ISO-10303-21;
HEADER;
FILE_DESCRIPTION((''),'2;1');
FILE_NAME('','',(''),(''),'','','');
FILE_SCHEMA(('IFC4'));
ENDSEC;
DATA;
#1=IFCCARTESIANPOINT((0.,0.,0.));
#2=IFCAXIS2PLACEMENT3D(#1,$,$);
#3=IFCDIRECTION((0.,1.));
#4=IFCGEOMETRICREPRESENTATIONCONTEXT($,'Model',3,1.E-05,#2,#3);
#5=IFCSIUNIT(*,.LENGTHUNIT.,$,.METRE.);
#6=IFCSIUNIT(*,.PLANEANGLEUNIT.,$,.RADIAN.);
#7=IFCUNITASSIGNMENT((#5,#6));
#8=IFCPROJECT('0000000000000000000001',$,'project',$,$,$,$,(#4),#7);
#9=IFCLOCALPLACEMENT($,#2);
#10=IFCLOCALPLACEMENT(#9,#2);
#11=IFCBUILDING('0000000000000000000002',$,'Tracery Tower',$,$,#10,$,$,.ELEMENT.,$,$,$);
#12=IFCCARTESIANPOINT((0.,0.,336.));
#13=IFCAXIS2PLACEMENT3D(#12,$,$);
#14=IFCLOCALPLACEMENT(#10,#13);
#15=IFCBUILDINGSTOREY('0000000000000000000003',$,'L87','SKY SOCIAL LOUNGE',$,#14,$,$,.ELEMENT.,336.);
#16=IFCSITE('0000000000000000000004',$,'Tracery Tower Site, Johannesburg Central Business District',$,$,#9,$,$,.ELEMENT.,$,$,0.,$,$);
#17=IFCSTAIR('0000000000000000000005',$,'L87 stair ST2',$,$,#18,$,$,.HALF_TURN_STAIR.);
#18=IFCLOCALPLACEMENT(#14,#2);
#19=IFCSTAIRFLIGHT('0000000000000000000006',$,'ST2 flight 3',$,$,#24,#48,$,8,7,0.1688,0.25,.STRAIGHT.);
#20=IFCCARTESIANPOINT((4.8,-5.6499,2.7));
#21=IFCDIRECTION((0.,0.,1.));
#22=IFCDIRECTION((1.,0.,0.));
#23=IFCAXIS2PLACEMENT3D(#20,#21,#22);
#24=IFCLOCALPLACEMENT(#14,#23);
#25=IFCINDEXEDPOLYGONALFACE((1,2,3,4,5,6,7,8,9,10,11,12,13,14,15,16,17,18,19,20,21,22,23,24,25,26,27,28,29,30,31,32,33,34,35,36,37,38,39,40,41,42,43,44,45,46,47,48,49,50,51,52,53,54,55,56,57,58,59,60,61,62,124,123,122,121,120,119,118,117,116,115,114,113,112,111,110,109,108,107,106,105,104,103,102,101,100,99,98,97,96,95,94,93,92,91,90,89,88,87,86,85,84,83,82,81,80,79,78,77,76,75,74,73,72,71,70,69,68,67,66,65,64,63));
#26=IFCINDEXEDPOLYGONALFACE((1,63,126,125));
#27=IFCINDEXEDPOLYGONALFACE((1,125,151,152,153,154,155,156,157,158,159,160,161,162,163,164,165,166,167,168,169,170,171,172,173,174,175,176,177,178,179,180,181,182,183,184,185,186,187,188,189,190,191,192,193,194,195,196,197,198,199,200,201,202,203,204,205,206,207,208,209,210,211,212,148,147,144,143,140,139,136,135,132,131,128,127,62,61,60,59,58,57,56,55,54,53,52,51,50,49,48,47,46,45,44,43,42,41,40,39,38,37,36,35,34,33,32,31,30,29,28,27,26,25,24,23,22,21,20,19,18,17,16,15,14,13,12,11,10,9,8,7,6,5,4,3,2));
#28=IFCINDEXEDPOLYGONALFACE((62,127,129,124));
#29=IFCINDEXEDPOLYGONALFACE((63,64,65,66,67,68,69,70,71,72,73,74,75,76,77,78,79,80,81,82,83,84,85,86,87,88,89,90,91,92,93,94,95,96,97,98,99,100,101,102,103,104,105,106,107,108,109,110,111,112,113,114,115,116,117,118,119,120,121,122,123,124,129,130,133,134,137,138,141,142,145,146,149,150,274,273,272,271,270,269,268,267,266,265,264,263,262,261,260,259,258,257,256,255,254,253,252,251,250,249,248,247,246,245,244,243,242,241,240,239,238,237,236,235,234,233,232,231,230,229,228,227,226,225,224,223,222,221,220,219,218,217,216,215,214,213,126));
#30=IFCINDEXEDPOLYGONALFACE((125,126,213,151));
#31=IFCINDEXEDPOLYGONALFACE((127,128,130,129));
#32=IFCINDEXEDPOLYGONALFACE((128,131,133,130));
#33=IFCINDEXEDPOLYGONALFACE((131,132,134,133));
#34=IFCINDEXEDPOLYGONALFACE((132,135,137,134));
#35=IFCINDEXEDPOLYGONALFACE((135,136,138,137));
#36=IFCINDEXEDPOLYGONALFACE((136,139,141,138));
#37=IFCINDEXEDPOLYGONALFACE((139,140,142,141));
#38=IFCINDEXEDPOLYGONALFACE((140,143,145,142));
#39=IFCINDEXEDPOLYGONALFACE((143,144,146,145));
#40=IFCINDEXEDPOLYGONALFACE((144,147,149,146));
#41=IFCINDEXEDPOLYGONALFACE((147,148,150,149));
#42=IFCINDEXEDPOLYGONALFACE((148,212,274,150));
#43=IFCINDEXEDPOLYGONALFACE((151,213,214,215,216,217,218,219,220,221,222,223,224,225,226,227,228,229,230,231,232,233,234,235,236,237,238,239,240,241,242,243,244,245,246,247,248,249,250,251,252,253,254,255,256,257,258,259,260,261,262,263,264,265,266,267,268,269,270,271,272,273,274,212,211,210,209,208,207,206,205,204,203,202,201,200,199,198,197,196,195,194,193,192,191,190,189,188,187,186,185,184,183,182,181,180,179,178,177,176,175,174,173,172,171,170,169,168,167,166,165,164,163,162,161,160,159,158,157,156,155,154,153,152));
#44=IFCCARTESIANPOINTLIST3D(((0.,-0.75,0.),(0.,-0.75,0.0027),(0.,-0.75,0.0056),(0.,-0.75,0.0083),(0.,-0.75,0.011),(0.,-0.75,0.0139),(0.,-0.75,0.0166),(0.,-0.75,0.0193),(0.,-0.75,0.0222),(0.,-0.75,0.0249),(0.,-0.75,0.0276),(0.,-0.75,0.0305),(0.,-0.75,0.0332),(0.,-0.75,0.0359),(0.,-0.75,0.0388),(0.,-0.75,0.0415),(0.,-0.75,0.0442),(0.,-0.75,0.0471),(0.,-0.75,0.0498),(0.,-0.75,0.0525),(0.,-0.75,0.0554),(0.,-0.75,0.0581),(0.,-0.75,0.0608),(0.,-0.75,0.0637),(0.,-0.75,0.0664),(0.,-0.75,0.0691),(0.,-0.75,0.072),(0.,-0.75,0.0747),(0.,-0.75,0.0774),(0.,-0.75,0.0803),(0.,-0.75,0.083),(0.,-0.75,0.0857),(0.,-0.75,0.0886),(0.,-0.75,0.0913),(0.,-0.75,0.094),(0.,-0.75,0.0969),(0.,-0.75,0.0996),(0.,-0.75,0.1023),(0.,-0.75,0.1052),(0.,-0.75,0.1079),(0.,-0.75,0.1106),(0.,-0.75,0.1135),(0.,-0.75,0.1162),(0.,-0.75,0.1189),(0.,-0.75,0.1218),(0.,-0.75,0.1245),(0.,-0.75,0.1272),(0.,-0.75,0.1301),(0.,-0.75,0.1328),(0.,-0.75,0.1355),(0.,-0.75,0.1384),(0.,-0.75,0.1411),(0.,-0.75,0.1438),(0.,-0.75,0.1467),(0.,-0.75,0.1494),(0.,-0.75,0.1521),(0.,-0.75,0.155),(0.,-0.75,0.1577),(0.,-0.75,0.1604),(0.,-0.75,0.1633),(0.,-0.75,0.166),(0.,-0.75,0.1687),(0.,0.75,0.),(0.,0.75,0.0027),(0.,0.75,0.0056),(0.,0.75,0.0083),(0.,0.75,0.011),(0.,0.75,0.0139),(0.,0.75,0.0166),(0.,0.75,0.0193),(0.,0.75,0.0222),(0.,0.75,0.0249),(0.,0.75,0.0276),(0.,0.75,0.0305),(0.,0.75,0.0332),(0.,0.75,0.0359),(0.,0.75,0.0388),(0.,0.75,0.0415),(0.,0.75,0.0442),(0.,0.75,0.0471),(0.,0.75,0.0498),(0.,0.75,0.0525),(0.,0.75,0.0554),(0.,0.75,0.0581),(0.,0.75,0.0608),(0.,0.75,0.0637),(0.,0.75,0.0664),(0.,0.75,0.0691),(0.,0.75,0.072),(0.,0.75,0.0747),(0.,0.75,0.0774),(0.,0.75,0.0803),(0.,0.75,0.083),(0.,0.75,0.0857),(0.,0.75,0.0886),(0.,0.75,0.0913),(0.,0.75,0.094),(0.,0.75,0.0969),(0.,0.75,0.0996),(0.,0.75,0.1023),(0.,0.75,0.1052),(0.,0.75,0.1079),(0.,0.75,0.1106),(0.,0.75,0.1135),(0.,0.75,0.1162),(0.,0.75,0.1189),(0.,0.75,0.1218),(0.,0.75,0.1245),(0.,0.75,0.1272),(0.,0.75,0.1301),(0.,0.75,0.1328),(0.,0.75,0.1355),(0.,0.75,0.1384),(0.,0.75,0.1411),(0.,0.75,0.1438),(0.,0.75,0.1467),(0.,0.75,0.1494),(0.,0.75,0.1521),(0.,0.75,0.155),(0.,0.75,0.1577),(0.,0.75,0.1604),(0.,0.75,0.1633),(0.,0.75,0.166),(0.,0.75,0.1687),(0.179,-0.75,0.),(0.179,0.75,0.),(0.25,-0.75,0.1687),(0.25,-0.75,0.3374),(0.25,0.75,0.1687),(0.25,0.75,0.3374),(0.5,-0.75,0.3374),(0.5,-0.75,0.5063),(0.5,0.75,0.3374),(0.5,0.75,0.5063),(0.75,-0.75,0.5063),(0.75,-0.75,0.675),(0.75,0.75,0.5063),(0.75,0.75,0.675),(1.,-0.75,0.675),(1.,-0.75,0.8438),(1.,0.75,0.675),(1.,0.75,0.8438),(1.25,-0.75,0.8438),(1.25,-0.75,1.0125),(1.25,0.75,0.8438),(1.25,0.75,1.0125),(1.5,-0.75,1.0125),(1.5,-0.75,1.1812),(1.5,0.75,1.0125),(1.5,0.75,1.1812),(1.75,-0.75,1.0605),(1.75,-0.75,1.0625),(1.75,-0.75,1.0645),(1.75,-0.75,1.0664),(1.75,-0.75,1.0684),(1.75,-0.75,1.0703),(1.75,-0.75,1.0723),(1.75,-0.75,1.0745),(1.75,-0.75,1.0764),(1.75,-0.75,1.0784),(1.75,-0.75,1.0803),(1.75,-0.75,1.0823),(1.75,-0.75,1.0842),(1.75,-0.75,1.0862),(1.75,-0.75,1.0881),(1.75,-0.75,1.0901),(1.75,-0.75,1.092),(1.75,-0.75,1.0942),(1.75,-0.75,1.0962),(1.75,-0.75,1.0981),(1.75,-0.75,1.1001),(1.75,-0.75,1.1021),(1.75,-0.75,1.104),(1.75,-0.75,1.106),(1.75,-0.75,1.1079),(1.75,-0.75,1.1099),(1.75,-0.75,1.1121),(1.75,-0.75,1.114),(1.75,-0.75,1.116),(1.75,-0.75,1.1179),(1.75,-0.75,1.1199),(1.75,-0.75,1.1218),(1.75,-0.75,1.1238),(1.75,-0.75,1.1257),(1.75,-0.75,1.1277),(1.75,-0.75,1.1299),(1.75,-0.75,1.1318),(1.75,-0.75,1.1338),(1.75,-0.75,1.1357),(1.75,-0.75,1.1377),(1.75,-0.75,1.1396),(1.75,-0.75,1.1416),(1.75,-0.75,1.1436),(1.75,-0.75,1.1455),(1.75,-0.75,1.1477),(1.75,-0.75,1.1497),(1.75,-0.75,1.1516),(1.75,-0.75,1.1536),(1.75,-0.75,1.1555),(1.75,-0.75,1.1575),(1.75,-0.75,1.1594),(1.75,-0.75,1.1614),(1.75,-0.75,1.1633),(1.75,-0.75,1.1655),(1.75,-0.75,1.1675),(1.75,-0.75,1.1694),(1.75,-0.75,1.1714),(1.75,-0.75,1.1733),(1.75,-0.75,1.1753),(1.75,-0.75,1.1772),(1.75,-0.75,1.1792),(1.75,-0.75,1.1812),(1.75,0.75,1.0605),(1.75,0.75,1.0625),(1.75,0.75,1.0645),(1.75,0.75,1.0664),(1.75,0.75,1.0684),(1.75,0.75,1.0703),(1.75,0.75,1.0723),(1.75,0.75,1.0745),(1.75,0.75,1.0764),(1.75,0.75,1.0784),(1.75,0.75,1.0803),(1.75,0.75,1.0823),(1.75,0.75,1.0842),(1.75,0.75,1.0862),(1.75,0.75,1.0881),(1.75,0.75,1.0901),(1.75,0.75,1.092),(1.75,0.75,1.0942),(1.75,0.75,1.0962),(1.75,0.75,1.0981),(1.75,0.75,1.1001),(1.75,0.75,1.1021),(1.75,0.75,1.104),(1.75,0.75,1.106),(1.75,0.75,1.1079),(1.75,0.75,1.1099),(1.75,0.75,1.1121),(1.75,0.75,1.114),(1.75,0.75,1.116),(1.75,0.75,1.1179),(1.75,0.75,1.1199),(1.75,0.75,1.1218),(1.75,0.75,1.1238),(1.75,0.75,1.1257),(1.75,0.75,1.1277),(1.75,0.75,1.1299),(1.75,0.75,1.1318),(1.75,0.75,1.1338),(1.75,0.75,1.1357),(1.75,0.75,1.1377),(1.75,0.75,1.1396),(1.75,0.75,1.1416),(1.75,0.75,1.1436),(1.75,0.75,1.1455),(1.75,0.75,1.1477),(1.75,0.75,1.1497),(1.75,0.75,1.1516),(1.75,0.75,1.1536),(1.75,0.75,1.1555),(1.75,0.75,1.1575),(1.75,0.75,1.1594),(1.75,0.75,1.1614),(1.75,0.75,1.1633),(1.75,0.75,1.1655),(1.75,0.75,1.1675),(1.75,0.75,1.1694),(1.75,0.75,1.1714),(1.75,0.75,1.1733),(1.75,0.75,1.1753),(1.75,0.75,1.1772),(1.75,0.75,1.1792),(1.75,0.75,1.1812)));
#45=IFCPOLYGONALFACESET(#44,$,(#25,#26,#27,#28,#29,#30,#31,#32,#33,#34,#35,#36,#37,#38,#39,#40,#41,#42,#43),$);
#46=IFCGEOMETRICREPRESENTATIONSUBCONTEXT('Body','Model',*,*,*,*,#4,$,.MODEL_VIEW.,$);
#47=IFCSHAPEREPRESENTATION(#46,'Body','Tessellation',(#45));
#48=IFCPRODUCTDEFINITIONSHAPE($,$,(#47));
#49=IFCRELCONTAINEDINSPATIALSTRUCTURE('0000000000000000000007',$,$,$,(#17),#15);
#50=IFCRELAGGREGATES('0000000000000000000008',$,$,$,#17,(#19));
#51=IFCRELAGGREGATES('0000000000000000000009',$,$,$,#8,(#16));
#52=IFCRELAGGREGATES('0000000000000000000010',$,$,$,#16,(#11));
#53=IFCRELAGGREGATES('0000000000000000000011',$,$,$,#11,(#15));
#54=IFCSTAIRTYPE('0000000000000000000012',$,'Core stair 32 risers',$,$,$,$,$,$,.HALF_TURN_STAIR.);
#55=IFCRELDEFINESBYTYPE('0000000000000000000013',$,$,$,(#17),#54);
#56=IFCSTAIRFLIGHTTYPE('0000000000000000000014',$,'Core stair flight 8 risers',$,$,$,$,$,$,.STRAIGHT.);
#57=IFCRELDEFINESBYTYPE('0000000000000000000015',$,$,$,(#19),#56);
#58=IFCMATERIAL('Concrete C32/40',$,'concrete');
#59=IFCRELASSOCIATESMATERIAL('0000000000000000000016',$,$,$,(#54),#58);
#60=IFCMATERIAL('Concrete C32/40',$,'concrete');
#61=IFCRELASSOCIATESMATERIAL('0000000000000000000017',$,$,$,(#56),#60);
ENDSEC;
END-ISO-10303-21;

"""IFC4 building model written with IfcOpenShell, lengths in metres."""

from ifc_helpers import new_model, si_unit, direction, frame, origin, place, context, subcontext, project, spatial, polyline, outline, extrude, material, type_object, element, aggregate, save


model = new_model("IFC4")

# Units and contexts
model_context = context("Model", 3, precision=1e-05, world=origin(), true_north=direction((0.0, 1.0)))
body_context = subcontext(model_context, "Body", "Model", "MODEL_VIEW")
ifc_project = project(units=[si_unit("LENGTHUNIT", "METRE"), si_unit("PLANEANGLEUNIT", "RADIAN")], contexts=[model_context])

# Site, building, storey
site_placement = place(None, origin())
site = spatial("IfcSite", under=ifc_project, at=site_placement, Name="Tracery Tower Site, Johannesburg Central Business District", CompositionType="ELEMENT", RefElevation=0.0)
building_placement = place(site_placement, origin())
building = spatial("IfcBuilding", under=site, at=building_placement, Name="Tracery Tower", CompositionType="ELEMENT")
storey_placement = place(building_placement, frame((0.0, 0.0, 336.0)))
storey = spatial("IfcBuildingStorey", under=building, at=storey_placement, Name="L87", Description="SKY SOCIAL LOUNGE", CompositionType="ELEMENT", Elevation=336.0)

# Stair, stair flight
ifc_material_1 = material(Name="Concrete C32/40", Category="concrete")
stair_type = type_object("IfcStairType", Name="Core stair 32 risers", PredefinedType="HALF_TURN_STAIR", material=ifc_material_1)
stair_placement = place(storey_placement, origin())
stair = element("IfcStair", 1, at=stair_placement, inside=storey, type_object=stair_type, Name="L87 stair ST2", PredefinedType="HALF_TURN_STAIR")
ifc_material_2 = material(Name="Concrete C32/40", Category="concrete")
stair_flight_type = type_object("IfcStairFlightType", Name="Core stair flight 8 risers", PredefinedType="STRAIGHT", material=ifc_material_2)
stair_flight_1_placement = place(storey_placement, frame((4.8, -5.6499, 2.7), z_axis=(0.0, 0.0, 1.0), x_axis=(1.0, 0.0, 0.0)))
stair_flight_1 = element("IfcStairFlight", 2, at=stair_flight_1_placement, type_object=stair_flight_type, Name="ST2 flight 3", NumberOfRisers=8, NumberOfTreads=7, PredefinedType="STRAIGHT", RiserHeight=0.1688, TreadLength=0.25, context=body_context, shape_type="SweptSolid", body=[
    extrude(outline(polyline([(0.0, 0.0), (0.0, 0.0027), (0.0, 0.0056), (0.0, 0.0083), (0.0, 0.011), (0.0, 0.0139), (0.0, 0.0166), (0.0, 0.0193), (0.0, 0.0222), (0.0, 0.0249), (0.0, 0.0276), (0.0, 0.0305), (0.0, 0.0332), (0.0, 0.0359), (0.0, 0.0388), (0.0, 0.0415), (0.0, 0.0442), (0.0, 0.0471), (0.0, 0.0498), (0.0, 0.0525), (0.0, 0.0554), (0.0, 0.0581), (0.0, 0.0608), (0.0, 0.0637), (0.0, 0.0664), (0.0, 0.0691), (0.0, 0.072), (0.0, 0.0747), (0.0, 0.0774), (0.0, 0.0803), (0.0, 0.083), (0.0, 0.0857), (0.0, 0.0886), (0.0, 0.0913), (0.0, 0.094), (0.0, 0.0969), (0.0, 0.0996), (0.0, 0.1023), (0.0, 0.1052), (0.0, 0.1079), (0.0, 0.1106), (0.0, 0.1135), (0.0, 0.1162), (0.0, 0.1189), (0.0, 0.1218), (0.0, 0.1245), (0.0, 0.1272), (0.0, 0.1301), (0.0, 0.1328), (0.0, 0.1355), (0.0, 0.1384), (0.0, 0.1411), (0.0, 0.1438), (0.0, 0.1467), (0.0, 0.1494), (0.0, 0.1521), (0.0, 0.155), (0.0, 0.1577), (0.0, 0.1604), (0.0, 0.1633), (0.0, 0.166), (0.0, 0.1687), (0.25, 0.1687), (0.25, 0.3374), (0.5, 0.3374), (0.5, 0.5063), (0.75, 0.5063), (0.75, 0.675), (1.0, 0.675), (1.0, 0.8438), (1.25, 0.8438), (1.25, 1.0125), (1.5, 1.0125), (1.5, 1.1812), (1.75, 1.1812), (1.75, 1.1792), (1.75, 1.1772), (1.75, 1.1753), (1.75, 1.1733), (1.75, 1.1714), (1.75, 1.1694), (1.75, 1.1675), (1.75, 1.1655), (1.75, 1.1633), (1.75, 1.1614), (1.75, 1.1594), (1.75, 1.1575), (1.75, 1.1555), (1.75, 1.1536), (1.75, 1.1516), (1.75, 1.1497), (1.75, 1.1477), (1.75, 1.1455), (1.75, 1.1436), (1.75, 1.1416), (1.75, 1.1396), (1.75, 1.1377), (1.75, 1.1357), (1.75, 1.1338), (1.75, 1.1318), (1.75, 1.1299), (1.75, 1.1277), (1.75, 1.1257), (1.75, 1.1238), (1.75, 1.1218), (1.75, 1.1199), (1.75, 1.1179), (1.75, 1.116), (1.75, 1.114), (1.75, 1.1121), (1.75, 1.1099), (1.75, 1.1079), (1.75, 1.106), (1.75, 1.104), (1.75, 1.1021), (1.75, 1.1001), (1.75, 1.0981), (1.75, 1.0962), (1.75, 1.0942), (1.75, 1.092), (1.75, 1.0901), (1.75, 1.0881), (1.75, 1.0862), (1.75, 1.0842), (1.75, 1.0823), (1.75, 1.0803), (1.75, 1.0784), (1.75, 1.0764), (1.75, 1.0745), (1.75, 1.0723), (1.75, 1.0703), (1.75, 1.0684), (1.75, 1.0664), (1.75, 1.0645), (1.75, 1.0625), (1.75, 1.0605), (0.179, 0.0), (0.0, 0.0)])), frame((0.0, 0.75, 0.0), z_axis=(0.0, -1.0, 0.0), x_axis=(1.0, 0.0, 0.0)), (0.0, 0.0, 1.0), 1.5),
])
aggregate(stair, [stair_flight_1])

save(model, "model.ifc")
